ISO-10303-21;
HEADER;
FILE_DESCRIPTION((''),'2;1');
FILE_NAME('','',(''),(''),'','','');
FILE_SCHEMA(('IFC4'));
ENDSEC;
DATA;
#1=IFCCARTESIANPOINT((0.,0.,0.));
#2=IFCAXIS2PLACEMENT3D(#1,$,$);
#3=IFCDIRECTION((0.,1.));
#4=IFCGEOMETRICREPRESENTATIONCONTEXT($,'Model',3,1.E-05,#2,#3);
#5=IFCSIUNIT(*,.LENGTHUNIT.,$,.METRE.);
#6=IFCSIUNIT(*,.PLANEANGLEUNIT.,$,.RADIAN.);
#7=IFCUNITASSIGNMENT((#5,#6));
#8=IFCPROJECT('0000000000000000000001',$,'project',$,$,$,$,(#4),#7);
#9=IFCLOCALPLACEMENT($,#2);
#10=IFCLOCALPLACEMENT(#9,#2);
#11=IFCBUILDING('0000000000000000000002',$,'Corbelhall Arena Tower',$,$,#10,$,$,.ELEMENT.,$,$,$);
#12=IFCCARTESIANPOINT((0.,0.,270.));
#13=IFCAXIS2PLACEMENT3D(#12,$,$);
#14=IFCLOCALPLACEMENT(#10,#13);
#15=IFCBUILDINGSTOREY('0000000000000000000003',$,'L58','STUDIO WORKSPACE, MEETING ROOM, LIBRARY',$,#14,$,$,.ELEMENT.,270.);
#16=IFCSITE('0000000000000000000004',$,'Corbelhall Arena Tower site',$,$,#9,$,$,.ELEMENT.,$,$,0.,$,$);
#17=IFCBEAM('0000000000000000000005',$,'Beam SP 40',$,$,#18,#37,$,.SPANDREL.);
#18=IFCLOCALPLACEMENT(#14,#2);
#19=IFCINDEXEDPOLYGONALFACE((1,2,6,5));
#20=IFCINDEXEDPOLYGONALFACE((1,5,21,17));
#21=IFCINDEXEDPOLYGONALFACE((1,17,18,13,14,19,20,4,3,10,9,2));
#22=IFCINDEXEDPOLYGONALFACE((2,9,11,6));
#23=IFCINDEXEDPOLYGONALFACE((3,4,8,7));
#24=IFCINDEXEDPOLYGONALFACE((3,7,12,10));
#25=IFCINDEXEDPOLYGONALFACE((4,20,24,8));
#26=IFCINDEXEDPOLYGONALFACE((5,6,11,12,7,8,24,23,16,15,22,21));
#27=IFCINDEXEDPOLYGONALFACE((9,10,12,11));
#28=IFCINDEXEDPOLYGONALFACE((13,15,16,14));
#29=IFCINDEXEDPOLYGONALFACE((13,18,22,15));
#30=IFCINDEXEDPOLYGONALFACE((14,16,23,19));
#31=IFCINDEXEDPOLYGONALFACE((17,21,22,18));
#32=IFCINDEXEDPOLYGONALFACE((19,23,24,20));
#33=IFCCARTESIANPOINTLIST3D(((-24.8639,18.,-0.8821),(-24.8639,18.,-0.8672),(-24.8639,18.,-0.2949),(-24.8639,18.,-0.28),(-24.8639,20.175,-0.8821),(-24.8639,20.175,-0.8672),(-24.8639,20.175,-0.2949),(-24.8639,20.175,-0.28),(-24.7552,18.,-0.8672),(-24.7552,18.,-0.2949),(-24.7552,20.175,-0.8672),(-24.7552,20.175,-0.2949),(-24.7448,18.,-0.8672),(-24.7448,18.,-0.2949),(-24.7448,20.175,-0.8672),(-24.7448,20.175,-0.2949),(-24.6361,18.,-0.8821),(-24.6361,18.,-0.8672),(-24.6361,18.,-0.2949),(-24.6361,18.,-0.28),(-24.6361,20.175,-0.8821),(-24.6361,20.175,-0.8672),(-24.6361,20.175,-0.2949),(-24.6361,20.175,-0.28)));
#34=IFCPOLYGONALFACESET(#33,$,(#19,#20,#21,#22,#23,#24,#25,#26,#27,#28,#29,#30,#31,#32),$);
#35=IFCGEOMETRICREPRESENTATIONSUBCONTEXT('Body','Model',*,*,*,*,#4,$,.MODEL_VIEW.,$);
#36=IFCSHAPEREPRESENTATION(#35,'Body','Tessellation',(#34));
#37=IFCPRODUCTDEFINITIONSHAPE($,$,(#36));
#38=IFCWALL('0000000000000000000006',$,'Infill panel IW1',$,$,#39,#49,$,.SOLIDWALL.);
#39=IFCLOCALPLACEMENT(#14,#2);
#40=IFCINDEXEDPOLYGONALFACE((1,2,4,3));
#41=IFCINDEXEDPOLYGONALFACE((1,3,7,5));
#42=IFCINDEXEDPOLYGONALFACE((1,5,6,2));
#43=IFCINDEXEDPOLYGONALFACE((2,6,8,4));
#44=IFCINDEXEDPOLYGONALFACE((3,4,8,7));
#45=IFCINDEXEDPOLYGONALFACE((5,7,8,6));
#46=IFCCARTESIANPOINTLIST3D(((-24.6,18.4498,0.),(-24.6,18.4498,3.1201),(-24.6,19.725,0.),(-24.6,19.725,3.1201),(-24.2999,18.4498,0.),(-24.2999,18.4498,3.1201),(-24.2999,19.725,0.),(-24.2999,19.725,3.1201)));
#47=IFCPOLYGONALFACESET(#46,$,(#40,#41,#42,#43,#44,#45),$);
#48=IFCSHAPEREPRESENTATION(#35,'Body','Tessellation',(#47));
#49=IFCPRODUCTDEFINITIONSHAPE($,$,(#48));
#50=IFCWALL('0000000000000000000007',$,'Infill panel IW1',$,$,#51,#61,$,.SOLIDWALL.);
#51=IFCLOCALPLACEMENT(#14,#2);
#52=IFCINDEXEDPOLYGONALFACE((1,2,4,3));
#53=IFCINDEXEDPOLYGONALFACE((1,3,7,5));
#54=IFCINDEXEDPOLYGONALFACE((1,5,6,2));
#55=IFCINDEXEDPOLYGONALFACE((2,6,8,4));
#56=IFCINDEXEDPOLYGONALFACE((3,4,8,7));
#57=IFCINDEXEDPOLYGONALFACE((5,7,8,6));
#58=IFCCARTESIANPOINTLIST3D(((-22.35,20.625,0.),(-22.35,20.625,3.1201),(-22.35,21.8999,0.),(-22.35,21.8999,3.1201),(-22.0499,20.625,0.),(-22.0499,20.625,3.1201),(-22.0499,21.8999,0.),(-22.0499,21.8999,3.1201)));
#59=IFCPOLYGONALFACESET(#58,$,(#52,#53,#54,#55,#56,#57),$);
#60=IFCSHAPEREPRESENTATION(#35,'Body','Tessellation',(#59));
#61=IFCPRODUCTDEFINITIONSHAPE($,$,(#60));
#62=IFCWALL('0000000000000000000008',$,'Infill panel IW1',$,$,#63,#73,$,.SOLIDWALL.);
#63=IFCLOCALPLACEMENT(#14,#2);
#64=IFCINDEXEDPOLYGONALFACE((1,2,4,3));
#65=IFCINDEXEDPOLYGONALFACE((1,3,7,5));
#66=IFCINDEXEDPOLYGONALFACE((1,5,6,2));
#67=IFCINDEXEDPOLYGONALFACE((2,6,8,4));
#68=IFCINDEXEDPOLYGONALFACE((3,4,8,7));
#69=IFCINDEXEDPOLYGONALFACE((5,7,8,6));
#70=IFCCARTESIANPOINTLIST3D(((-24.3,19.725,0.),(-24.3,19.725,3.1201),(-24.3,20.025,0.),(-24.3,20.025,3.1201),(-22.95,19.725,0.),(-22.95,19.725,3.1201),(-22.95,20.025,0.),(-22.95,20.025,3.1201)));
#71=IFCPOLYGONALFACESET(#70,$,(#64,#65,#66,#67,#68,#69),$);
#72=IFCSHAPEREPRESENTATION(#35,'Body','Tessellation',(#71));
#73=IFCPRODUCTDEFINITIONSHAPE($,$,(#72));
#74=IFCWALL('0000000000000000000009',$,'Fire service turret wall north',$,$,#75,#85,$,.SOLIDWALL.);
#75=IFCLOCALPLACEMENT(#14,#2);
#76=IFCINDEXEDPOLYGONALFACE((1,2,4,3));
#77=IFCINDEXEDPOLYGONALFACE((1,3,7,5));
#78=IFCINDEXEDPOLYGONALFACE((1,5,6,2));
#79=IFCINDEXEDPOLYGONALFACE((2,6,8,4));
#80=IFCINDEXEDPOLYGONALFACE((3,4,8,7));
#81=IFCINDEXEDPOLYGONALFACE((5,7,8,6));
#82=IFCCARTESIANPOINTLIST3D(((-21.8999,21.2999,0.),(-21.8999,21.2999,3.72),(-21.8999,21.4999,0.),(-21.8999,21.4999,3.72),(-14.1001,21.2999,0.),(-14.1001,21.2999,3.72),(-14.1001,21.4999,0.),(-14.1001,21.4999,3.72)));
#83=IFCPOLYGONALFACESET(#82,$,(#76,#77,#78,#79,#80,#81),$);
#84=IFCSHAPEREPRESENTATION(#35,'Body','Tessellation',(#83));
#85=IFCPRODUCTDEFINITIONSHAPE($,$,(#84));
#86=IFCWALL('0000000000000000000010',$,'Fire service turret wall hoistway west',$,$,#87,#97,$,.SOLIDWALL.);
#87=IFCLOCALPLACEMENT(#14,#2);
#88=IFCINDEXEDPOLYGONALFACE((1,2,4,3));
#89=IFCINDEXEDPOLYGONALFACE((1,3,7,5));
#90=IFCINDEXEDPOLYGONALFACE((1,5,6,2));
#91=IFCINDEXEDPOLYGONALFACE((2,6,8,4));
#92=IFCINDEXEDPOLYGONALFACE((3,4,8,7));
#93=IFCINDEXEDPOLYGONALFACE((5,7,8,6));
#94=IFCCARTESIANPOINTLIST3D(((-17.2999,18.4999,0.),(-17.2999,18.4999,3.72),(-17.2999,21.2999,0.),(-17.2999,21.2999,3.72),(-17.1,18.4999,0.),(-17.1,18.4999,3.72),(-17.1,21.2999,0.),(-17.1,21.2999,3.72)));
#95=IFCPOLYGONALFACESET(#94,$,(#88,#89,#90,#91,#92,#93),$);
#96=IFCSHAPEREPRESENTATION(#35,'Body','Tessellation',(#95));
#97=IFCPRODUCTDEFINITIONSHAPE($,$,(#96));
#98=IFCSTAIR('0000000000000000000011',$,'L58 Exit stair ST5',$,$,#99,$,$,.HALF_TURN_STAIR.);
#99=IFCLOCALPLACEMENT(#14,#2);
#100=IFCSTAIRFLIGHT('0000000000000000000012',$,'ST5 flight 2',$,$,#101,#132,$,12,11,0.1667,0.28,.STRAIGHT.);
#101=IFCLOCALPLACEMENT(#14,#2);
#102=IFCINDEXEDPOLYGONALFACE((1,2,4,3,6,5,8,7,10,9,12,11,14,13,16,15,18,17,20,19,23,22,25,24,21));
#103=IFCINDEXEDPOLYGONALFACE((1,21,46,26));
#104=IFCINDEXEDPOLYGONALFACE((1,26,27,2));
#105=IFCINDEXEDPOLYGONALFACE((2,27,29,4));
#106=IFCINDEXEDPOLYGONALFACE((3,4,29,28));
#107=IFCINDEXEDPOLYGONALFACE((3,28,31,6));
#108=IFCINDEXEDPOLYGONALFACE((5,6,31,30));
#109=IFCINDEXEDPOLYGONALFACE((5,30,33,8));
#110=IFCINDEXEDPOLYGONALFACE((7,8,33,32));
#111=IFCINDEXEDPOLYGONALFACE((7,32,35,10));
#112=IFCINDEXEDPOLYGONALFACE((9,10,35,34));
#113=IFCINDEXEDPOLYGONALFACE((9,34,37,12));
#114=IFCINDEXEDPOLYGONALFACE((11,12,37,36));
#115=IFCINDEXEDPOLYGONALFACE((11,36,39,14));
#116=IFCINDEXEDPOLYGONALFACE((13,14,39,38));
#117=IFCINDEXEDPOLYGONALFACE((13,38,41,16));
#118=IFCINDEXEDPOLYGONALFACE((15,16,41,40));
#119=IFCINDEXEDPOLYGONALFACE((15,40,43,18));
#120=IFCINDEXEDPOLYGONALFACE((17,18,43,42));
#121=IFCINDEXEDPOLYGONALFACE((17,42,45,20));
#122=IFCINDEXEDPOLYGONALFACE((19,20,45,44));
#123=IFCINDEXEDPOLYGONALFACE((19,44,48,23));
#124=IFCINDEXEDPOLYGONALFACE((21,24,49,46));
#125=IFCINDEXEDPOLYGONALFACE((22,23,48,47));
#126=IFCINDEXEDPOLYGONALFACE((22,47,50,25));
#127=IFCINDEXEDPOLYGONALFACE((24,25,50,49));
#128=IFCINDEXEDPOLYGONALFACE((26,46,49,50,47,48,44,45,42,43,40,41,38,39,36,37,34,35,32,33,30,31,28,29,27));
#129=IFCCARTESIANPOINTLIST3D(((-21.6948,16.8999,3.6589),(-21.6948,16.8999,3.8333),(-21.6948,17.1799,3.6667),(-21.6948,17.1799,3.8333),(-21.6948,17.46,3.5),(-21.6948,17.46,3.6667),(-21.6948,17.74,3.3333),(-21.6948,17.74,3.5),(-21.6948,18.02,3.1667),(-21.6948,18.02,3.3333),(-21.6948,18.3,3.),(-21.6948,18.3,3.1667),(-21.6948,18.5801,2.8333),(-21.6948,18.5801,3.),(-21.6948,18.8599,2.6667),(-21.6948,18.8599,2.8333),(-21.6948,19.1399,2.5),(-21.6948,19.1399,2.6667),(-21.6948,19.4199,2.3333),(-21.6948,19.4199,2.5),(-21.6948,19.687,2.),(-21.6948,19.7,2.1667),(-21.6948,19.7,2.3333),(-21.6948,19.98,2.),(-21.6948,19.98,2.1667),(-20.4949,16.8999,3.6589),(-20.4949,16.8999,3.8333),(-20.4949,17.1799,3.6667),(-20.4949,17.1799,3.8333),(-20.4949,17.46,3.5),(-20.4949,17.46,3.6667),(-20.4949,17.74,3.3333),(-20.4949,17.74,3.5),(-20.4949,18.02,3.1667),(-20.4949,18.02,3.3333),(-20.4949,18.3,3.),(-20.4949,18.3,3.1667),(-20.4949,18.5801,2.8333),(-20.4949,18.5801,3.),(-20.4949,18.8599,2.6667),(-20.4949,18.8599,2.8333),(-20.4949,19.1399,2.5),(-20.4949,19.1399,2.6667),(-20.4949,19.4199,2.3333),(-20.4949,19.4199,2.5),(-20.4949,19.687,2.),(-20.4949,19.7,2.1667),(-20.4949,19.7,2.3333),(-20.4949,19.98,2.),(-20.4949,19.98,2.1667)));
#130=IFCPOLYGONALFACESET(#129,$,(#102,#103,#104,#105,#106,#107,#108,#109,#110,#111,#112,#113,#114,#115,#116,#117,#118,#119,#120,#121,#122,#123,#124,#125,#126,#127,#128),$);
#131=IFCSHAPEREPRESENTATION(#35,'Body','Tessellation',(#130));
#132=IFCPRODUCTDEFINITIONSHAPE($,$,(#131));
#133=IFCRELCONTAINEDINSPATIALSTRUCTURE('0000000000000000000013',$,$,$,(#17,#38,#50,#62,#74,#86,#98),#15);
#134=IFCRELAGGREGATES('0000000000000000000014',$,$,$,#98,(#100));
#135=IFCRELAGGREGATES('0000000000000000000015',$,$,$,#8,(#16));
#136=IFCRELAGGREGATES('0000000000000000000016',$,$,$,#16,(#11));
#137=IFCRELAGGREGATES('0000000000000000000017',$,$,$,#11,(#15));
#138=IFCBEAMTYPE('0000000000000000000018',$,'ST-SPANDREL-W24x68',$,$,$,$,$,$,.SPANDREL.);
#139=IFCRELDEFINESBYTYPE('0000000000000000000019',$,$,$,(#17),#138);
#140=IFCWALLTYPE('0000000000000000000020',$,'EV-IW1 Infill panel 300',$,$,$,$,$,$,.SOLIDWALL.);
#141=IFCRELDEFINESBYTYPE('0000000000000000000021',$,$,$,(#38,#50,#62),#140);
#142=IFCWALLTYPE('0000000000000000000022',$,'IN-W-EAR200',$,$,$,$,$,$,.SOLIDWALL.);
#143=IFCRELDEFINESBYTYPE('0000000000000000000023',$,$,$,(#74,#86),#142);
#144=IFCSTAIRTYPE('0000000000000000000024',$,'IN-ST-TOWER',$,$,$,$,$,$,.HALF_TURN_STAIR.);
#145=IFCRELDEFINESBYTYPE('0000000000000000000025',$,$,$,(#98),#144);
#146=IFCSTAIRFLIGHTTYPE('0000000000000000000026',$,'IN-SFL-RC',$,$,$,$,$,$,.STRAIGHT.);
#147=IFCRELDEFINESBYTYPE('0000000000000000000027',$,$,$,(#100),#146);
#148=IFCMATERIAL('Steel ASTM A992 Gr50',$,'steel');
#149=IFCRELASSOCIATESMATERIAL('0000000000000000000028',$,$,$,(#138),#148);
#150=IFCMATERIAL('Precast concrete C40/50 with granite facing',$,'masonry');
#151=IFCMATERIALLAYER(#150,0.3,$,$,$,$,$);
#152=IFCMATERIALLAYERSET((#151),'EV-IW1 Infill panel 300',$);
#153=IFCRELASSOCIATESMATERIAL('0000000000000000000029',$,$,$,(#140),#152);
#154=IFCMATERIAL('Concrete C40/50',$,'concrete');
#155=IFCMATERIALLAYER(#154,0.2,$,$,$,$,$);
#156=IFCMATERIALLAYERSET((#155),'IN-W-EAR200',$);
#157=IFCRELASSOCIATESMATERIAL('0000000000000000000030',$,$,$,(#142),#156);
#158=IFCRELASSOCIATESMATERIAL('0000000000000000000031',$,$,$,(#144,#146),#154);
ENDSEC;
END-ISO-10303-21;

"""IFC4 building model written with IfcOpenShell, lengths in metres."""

from ifc_helpers import new_model, si_unit, direction, frame, frame_2d, origin, origin_2d, place, context, subcontext, project, spatial, polyline, rectangle, i_section, outline, extrude, material, layer, layer_set, material_profile, profile_set, type_object, element, aggregate, save


model = new_model("IFC4")

# Units and contexts
model_context = context("Model", 3, precision=1e-05, world=origin(), true_north=direction((0.0, 1.0)))
body_context = subcontext(model_context, "Body", "Model", "MODEL_VIEW")
ifc_project = project(units=[si_unit("LENGTHUNIT", "METRE"), si_unit("PLANEANGLEUNIT", "RADIAN")], contexts=[model_context])

# Site, building, storey
site_placement = place(None, origin())
site = spatial("IfcSite", under=ifc_project, at=site_placement, Name="Corbelhall Arena Tower site", CompositionType="ELEMENT", RefElevation=0.0)
building_placement = place(site_placement, origin())
building = spatial("IfcBuilding", under=site, at=building_placement, Name="Corbelhall Arena Tower", CompositionType="ELEMENT")
storey_placement = place(building_placement, frame((0.0, 0.0, 270.0)))
storey = spatial("IfcBuildingStorey", under=building, at=storey_placement, Name="L58", Description="STUDIO WORKSPACE, MEETING ROOM, LIBRARY", CompositionType="ELEMENT", Elevation=270.0)

# Beam
ifc_material_1 = material(Name="Steel ASTM A992 Gr50", Category="steel")
ifc_material_profile_1 = material_profile(ifc_material_1, i_section(OverallWidth=0.2278, OverallDepth=0.6021, WebThickness=0.0105, FlangeThickness=0.0149, at=origin_2d()))
ifc_profile_set_1 = profile_set([ifc_material_profile_1], Name="Steel ASTM A992 Gr50")
beam_type = type_object("IfcBeamType", Name="ST-SPANDREL-W24x68", PredefinedType="SPANDREL", material=ifc_profile_set_1)
beam_1_placement = place(storey_placement, frame((-24.75, 18.0, -0.5811), z_axis=(0.0, 1.0, 0.0), x_axis=(-1.0, 0.0, 0.0)))
element("IfcBeam", 1, at=beam_1_placement, inside=storey, type_object=beam_type, Name="Beam SP 40", PredefinedType="SPANDREL", context=body_context, shape_type="SweptSolid", body=[
    extrude(i_section(OverallWidth=0.2278, OverallDepth=0.6021, WebThickness=0.0105, FlangeThickness=0.0149, at=origin_2d()), origin(), (0.0, 0.0, 1.0), 2.175),
])

# Wall
ifc_material_2 = material(Name="Precast concrete C40/50 with granite facing", Category="masonry")
ifc_layer_1 = layer(ifc_material_2, 0.3)
ifc_layer_set_1 = layer_set([ifc_layer_1], Name="EV-IW1 Infill panel 300")
wall_type_1 = type_object("IfcWallType", Name="EV-IW1 Infill panel 300", PredefinedType="SOLIDWALL", material=ifc_layer_set_1)
wall_1_placement = place(storey_placement, frame((-24.45, 19.7251, 0.0), z_axis=(0.0, 0.0, 1.0), x_axis=(0.0, -1.0, 0.0)))
element("IfcWall", 2, at=wall_1_placement, inside=storey, type_object=wall_type_1, Name="Infill panel IW1", PredefinedType="SOLIDWALL", context=body_context, shape_type="SweptSolid", body=[
    extrude(rectangle(XDim=1.2751, YDim=0.3, at=frame_2d((0.6377, 0.0))), origin(), (0.0, 0.0, 1.0), 3.1201),
])

# Walls
wall_2_placement = place(storey_placement, frame((-22.2, 21.8999, 0.0), z_axis=(0.0, 0.0, 1.0), x_axis=(0.0, -1.0, 0.0)))
element("IfcWall", 3, at=wall_2_placement, inside=storey, type_object=wall_type_1, Name="Infill panel IW1", PredefinedType="SOLIDWALL", context=body_context, shape_type="SweptSolid", body=[
    extrude(rectangle(XDim=1.2749, YDim=0.3, at=frame_2d((0.6375, 0.0))), origin(), (0.0, 0.0, 1.0), 3.1201),
])
wall_3_placement = place(storey_placement, frame((-22.95, 19.875, 0.0), z_axis=(0.0, 0.0, 1.0), x_axis=(-1.0, 0.0, 0.0)))
element("IfcWall", 4, at=wall_3_placement, inside=storey, type_object=wall_type_1, Name="Infill panel IW1", PredefinedType="SOLIDWALL", context=body_context, shape_type="SweptSolid", body=[
    extrude(rectangle(XDim=1.3501, YDim=0.3, at=frame_2d((0.675, 0.0))), origin(), (0.0, 0.0, 1.0), 3.1201),
])
ifc_material_3 = material(Name="Concrete C40/50", Category="concrete")
ifc_layer_2 = layer(ifc_material_3, 0.2)
ifc_layer_set_2 = layer_set([ifc_layer_2], Name="IN-W-EAR200")
wall_type_2 = type_object("IfcWallType", Name="IN-W-EAR200", PredefinedType="SOLIDWALL", material=ifc_layer_set_2)
wall_4_placement = place(storey_placement, frame((-21.8999, 21.3999, 0.0), z_axis=(0.0, 0.0, 1.0), x_axis=(1.0, 0.0, 0.0)))
element("IfcWall", 5, at=wall_4_placement, inside=storey, type_object=wall_type_2, Name="Fire service turret wall north", PredefinedType="SOLIDWALL", context=body_context, shape_type="SweptSolid", body=[
    extrude(rectangle(XDim=7.7998, YDim=0.2, at=frame_2d((3.8999, 0.0))), origin(), (0.0, 0.0, 1.0), 3.72),
])
wall_5_placement = place(storey_placement, frame((-17.2, 18.5, 0.0), z_axis=(0.0, 0.0, 1.0), x_axis=(0.0, 1.0, 0.0)))
element("IfcWall", 6, at=wall_5_placement, inside=storey, type_object=wall_type_2, Name="Fire service turret wall hoistway west", PredefinedType="SOLIDWALL", context=body_context, shape_type="SweptSolid", body=[
    extrude(rectangle(XDim=2.8, YDim=0.2, at=frame_2d((1.3999, 0.0))), origin(), (0.0, 0.0, 1.0), 3.72),
])

# Stair, stair flight
stair_type = type_object("IfcStairType", Name="IN-ST-TOWER", PredefinedType="HALF_TURN_STAIR", material=ifc_material_3)
stair_placement = place(storey_placement, origin())
stair = element("IfcStair", 7, at=stair_placement, inside=storey, type_object=stair_type, Name="L58 Exit stair ST5", PredefinedType="HALF_TURN_STAIR")
stair_flight_type = type_object("IfcStairFlightType", Name="IN-SFL-RC", PredefinedType="STRAIGHT", material=ifc_material_3)
stair_flight_placement = place(storey_placement, frame((-21.095, 19.98, 2.0), z_axis=(0.0, 0.0, 1.0), x_axis=(0.0, -1.0, 0.0)))
stair_flight = element("IfcStairFlight", 8, at=stair_flight_placement, type_object=stair_flight_type, Name="ST5 flight 2", NumberOfRisers=12, NumberOfTreads=11, PredefinedType="STRAIGHT", RiserHeight=0.1667, TreadLength=0.28, context=body_context, shape_type="SweptSolid", body=[
    extrude(outline(polyline([(0.0, 0.0), (0.0, 0.1667), (0.28, 0.1667), (0.28, 0.3333), (0.5601, 0.3333), (0.5601, 0.5), (0.8401, 0.5), (0.8401, 0.6667), (1.1201, 0.6667), (1.1201, 0.8333), (1.3999, 0.8333), (1.3999, 1.0), (1.6799, 1.0), (1.6799, 1.1667), (1.96, 1.1667), (1.96, 1.3333), (2.24, 1.3333), (2.24, 1.5), (2.52, 1.5), (2.52, 1.6667), (2.8, 1.6667), (2.8, 1.8333), (3.0801, 1.8333), (3.0801, 2.0), (3.0801, 1.6589), (0.293, 0.0), (0.0, 0.0)])), frame((0.0, 0.6001, 0.0), z_axis=(0.0, -1.0, 0.0), x_axis=(1.0, 0.0, 0.0)), (0.0, 0.0, 1.0), 1.2),
])
aggregate(stair, [stair_flight])

save(model, "model.ifc")
